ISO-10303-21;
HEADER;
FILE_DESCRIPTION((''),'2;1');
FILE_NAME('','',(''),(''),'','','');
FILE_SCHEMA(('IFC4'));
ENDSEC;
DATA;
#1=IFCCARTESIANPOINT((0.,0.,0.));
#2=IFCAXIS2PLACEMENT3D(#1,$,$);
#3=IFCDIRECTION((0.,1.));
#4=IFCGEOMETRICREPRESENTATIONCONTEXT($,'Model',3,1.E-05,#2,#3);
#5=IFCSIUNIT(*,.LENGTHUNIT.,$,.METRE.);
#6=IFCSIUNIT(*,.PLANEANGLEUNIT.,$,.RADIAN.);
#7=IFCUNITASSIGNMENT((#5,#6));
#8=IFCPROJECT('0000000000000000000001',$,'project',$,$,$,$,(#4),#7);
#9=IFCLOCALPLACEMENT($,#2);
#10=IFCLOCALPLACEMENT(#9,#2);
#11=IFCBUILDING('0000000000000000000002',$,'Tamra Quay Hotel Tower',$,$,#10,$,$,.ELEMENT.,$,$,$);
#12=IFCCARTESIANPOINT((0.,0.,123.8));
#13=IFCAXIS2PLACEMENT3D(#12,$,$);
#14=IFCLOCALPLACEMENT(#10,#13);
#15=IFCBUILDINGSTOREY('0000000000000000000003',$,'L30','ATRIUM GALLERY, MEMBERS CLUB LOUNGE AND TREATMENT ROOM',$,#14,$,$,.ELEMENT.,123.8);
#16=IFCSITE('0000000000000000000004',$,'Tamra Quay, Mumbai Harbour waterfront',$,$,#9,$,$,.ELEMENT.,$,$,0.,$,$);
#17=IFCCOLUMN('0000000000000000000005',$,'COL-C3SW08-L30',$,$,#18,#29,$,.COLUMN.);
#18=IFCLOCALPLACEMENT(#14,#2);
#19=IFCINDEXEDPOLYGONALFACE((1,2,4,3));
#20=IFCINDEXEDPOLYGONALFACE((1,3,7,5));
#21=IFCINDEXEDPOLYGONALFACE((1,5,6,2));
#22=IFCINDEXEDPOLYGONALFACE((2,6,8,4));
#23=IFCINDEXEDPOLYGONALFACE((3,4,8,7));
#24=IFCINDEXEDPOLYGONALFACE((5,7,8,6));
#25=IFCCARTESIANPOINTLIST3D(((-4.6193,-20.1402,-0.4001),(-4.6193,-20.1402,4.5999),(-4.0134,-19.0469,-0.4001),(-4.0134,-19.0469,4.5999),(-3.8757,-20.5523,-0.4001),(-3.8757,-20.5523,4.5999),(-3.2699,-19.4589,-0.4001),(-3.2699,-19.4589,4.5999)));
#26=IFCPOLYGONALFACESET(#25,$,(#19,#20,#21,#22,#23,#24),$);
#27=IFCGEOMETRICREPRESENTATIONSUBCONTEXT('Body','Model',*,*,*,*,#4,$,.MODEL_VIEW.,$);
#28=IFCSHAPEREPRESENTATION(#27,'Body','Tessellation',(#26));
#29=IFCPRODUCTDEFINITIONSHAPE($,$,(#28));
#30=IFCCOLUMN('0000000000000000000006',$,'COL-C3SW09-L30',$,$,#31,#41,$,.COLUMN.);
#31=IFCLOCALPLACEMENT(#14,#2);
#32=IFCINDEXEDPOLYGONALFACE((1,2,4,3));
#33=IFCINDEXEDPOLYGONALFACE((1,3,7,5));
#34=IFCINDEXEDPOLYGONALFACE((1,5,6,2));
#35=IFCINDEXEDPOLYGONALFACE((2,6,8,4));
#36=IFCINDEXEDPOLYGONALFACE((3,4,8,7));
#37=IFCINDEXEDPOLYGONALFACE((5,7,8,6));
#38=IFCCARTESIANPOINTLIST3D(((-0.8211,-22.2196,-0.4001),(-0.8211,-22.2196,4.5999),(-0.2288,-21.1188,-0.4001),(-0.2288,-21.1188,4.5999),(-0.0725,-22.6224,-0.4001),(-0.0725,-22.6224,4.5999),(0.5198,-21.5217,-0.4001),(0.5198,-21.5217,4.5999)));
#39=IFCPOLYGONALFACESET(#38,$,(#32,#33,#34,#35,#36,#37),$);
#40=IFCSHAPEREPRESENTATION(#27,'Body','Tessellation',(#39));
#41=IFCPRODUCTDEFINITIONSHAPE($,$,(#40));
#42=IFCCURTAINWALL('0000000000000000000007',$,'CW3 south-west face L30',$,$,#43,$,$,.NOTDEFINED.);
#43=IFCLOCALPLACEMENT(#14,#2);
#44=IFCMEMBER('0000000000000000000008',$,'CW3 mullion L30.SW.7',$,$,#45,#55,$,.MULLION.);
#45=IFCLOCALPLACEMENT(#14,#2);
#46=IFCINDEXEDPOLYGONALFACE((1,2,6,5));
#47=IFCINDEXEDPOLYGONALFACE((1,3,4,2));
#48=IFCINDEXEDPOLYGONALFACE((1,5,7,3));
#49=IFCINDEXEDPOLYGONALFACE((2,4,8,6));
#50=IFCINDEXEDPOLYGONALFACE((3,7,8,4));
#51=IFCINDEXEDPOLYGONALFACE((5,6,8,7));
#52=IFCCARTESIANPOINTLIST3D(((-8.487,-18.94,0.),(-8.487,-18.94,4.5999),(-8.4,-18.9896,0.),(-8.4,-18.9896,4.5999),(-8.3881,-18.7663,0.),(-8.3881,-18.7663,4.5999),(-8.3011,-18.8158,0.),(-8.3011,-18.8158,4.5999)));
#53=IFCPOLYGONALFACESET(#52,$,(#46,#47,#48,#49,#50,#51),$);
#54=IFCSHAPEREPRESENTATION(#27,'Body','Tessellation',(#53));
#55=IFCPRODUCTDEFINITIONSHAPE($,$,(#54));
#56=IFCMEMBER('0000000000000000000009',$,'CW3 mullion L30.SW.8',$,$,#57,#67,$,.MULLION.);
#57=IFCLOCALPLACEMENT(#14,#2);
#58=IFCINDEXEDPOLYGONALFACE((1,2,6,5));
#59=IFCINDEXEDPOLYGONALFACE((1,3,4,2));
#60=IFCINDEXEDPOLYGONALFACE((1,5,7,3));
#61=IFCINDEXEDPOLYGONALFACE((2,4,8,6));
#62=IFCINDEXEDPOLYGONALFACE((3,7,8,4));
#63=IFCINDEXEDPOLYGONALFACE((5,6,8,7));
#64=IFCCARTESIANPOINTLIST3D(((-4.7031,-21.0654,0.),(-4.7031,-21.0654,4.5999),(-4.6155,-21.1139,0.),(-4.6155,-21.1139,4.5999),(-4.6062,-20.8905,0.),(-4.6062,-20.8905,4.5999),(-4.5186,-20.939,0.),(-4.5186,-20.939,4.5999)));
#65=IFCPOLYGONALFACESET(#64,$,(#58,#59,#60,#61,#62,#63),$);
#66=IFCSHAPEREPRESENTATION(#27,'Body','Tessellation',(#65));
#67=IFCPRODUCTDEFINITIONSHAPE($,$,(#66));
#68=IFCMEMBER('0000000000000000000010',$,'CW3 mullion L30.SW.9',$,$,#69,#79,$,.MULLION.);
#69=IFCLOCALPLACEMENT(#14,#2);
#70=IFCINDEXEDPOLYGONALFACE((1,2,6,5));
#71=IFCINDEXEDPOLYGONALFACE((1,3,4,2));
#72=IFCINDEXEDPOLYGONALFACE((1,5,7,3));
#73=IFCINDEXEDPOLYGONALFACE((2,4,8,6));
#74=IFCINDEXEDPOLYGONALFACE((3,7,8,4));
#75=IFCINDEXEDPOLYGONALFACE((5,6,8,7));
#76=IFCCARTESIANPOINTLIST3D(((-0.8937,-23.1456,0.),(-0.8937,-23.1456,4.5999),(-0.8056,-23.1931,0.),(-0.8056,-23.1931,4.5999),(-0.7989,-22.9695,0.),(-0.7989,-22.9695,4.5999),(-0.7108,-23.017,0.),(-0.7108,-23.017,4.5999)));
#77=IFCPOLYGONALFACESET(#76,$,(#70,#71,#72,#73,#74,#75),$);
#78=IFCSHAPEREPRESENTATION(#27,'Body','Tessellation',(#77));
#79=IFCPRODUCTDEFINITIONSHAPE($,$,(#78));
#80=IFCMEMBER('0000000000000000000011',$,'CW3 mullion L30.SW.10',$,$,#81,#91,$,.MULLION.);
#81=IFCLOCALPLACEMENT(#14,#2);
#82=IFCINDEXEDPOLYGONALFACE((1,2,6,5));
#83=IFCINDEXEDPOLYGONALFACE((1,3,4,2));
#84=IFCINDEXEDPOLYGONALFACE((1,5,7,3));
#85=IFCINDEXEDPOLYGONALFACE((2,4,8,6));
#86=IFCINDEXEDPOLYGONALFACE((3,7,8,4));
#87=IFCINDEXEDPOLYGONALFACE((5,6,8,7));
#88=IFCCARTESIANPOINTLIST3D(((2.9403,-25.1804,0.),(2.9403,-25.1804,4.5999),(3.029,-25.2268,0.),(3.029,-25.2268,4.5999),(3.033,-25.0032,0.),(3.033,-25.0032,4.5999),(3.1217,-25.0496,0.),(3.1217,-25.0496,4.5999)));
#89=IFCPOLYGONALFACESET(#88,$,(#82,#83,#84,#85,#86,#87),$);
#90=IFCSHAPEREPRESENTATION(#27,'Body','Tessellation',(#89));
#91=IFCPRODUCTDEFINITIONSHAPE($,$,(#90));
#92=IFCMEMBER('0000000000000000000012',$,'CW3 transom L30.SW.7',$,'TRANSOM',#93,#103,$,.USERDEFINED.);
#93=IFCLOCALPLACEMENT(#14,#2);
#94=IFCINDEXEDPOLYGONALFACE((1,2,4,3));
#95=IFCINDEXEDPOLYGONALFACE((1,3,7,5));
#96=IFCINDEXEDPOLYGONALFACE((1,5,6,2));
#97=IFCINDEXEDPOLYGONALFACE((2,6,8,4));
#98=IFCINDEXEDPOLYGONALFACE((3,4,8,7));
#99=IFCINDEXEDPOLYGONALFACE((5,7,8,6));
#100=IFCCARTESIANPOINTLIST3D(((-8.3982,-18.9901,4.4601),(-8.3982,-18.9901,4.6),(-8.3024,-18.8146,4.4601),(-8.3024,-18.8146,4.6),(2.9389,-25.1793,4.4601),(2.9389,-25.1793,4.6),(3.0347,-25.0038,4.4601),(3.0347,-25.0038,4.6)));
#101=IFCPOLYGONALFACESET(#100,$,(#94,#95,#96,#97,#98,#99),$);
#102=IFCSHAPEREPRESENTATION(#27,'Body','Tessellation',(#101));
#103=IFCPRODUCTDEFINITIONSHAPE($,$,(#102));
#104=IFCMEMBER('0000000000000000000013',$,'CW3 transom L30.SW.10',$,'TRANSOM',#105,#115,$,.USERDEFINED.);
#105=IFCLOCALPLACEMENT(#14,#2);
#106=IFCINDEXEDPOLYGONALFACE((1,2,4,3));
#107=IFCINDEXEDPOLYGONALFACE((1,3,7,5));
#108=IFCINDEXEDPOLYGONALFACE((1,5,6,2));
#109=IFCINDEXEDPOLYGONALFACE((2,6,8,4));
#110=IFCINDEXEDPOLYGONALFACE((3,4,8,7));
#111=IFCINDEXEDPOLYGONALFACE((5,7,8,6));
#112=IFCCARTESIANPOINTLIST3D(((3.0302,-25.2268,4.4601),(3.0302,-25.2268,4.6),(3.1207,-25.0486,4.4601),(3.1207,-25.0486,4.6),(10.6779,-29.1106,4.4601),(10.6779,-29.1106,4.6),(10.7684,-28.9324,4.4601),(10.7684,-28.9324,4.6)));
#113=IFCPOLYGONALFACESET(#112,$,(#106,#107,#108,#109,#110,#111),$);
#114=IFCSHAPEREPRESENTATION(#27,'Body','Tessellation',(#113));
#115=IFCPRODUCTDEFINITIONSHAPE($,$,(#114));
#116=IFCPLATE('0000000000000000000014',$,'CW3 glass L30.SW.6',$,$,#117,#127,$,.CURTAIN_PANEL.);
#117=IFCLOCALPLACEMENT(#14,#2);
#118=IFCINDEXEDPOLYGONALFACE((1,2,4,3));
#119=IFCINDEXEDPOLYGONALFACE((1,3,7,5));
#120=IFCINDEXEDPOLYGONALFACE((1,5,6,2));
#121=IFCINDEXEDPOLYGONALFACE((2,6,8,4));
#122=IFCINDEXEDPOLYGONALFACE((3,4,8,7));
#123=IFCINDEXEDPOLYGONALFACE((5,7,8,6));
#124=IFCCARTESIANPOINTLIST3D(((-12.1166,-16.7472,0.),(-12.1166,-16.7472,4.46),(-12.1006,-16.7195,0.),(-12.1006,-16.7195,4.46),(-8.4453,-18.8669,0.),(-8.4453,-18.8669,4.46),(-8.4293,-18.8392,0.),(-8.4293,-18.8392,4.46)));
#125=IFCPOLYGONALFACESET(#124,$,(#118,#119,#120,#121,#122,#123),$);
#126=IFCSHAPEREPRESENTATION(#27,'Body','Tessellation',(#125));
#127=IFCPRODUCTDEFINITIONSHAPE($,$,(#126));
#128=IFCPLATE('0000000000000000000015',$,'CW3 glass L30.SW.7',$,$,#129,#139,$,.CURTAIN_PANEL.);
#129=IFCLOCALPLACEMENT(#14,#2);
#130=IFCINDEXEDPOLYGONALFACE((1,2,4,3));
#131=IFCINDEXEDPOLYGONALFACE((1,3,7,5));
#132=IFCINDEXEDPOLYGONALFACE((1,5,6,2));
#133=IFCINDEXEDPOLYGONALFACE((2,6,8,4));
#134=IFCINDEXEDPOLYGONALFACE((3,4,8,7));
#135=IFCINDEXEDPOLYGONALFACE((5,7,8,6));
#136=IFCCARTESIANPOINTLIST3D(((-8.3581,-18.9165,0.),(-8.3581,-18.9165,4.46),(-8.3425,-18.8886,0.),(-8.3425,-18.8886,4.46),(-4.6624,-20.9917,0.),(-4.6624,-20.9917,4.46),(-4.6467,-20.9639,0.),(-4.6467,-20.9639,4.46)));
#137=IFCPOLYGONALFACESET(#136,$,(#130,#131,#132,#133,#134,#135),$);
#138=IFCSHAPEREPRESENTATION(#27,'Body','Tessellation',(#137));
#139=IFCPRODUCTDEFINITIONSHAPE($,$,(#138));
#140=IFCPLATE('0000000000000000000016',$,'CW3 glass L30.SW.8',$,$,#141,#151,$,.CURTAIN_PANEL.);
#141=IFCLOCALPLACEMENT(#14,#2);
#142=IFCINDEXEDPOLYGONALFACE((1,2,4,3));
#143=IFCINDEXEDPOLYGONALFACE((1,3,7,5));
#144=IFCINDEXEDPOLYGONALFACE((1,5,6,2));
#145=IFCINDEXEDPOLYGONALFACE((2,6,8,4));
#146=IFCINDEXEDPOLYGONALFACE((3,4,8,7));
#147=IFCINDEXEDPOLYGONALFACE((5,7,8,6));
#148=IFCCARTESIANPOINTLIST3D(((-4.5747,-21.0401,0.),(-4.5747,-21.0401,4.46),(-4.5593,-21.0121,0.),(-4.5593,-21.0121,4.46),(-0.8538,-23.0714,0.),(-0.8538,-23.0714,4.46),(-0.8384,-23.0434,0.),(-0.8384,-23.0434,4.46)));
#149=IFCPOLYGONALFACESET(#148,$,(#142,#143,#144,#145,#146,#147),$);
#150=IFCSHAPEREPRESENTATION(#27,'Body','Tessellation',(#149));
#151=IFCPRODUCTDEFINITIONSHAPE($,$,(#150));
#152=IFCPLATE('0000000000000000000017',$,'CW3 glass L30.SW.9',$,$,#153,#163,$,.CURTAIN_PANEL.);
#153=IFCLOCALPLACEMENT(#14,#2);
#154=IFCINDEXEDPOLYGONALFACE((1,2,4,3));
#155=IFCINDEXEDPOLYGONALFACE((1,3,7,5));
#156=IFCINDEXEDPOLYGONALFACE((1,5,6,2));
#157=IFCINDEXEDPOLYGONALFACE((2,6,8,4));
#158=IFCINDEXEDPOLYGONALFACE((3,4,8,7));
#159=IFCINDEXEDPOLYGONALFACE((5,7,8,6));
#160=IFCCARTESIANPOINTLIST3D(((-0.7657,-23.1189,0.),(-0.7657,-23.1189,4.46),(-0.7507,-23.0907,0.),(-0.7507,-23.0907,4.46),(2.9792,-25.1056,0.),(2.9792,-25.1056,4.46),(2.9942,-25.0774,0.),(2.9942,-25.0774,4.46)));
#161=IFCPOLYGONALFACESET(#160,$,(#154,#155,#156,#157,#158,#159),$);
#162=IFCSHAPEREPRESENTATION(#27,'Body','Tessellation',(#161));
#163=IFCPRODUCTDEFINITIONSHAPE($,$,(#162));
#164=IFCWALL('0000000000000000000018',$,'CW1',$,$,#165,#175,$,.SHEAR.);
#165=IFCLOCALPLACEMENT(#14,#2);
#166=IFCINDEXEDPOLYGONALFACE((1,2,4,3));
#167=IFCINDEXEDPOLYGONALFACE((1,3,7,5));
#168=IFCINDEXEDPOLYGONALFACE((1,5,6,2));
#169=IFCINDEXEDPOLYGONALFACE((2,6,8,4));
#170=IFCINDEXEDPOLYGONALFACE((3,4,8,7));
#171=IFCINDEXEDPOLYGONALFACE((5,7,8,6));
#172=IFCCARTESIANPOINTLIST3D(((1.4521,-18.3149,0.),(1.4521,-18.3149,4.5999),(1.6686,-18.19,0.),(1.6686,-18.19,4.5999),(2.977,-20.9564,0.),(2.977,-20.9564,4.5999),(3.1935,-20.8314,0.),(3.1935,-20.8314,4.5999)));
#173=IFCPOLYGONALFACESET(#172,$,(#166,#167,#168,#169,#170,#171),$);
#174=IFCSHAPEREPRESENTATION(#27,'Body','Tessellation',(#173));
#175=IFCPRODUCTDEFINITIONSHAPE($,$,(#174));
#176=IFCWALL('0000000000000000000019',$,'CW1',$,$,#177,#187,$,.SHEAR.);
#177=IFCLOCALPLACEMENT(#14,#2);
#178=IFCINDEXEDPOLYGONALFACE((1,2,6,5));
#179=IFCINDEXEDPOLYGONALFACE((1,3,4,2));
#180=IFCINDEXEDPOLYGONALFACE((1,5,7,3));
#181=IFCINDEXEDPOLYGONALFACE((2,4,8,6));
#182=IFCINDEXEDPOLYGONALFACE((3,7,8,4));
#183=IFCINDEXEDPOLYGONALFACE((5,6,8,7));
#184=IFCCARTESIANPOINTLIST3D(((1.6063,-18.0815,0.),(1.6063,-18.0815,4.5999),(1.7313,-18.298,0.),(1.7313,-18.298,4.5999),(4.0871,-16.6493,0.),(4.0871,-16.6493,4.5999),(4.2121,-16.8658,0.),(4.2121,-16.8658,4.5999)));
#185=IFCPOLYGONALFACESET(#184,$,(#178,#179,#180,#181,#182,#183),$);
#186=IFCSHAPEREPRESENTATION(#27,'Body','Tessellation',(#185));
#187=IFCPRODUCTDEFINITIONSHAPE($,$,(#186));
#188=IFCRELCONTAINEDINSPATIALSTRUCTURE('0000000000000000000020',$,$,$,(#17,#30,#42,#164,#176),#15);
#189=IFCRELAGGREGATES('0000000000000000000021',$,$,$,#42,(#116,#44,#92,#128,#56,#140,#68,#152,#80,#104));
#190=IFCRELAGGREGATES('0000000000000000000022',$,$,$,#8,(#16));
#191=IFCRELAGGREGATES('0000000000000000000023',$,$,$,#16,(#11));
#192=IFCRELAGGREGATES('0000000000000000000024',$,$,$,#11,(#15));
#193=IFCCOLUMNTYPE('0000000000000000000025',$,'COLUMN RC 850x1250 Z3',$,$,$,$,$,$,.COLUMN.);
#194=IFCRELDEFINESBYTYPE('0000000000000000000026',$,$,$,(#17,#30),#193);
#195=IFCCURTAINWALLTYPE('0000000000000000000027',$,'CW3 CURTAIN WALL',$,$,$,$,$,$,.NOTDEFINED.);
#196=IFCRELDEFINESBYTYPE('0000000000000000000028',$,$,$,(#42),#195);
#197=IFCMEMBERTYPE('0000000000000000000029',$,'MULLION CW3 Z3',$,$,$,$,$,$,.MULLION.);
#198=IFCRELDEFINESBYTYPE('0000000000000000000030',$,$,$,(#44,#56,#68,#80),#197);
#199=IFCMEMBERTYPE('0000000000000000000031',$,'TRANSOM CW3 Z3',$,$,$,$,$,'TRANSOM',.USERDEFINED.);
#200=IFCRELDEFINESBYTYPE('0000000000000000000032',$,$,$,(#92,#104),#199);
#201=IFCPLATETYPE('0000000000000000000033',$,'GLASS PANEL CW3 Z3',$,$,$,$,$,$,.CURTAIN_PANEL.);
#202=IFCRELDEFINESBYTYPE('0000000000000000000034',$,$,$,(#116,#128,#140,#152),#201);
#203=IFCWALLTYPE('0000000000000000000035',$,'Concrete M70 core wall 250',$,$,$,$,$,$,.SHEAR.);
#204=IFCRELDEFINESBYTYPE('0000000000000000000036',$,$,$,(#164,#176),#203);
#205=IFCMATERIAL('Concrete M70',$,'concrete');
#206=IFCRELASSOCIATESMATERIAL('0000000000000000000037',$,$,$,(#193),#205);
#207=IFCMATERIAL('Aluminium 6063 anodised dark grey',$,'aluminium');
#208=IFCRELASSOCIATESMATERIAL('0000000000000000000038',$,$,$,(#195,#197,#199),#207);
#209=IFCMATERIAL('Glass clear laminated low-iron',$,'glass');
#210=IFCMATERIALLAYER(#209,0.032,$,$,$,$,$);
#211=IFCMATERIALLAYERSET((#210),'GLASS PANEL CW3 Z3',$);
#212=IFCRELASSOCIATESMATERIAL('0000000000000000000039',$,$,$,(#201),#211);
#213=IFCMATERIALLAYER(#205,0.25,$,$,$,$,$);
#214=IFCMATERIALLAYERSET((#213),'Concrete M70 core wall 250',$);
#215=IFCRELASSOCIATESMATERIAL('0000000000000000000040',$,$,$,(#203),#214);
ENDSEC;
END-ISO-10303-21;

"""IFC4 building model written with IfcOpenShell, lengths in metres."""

from ifc_helpers import new_model, si_unit, direction, frame, frame_2d, origin, origin_2d, place, context, subcontext, project, spatial, rectangle, extrude, material, layer, layer_set, material_profile, profile_set, type_object, element, aggregate, save


model = new_model("IFC4")

# Units and contexts
model_context = context("Model", 3, precision=1e-05, world=origin(), true_north=direction((0.0, 1.0)))
body_context = subcontext(model_context, "Body", "Model", "MODEL_VIEW")
ifc_project = project(units=[si_unit("LENGTHUNIT", "METRE"), si_unit("PLANEANGLEUNIT", "RADIAN")], contexts=[model_context])

# Site, building, storey
site_placement = place(None, origin())
site = spatial("IfcSite", under=ifc_project, at=site_placement, Name="Tamra Quay, Mumbai Harbour waterfront", CompositionType="ELEMENT", RefElevation=0.0)
building_placement = place(site_placement, origin())
building = spatial("IfcBuilding", under=site, at=building_placement, Name="Tamra Quay Hotel Tower", CompositionType="ELEMENT")
storey_placement = place(building_placement, frame((0.0, 0.0, 123.8)))
storey = spatial("IfcBuildingStorey", under=building, at=storey_placement, Name="L30", Description="ATRIUM GALLERY, MEMBERS CLUB LOUNGE AND TREATMENT ROOM", CompositionType="ELEMENT", Elevation=123.8)

# Columns
ifc_material_1 = material(Name="Concrete M70", Category="concrete")
ifc_material_profile_1 = material_profile(ifc_material_1, rectangle(XDim=1.25, YDim=0.8501, at=origin_2d()), Name="COLUMN RC 850x1250 Z3")
ifc_profile_set_1 = profile_set([ifc_material_profile_1], Name="Concrete M70")
column_type = type_object("IfcColumnType", Name="COLUMN RC 850x1250 Z3", PredefinedType="COLUMN", material=ifc_profile_set_1)
for number, where, z_axis, x_axis, name in (
    (1, (-3.9446, -19.7996, -0.4001), (0.0, 0.0, 1.0), (0.484683, 0.87469, 0.0), "COL-C3SW08-L30"),
    (2, (-0.1506, -21.8706, -0.4001), (0.0, 0.0, 1.0), (0.473876, 0.880592, 0.0), "COL-C3SW09-L30"),
):
    element("IfcColumn", number, at=place(storey_placement, frame(where, z_axis=z_axis, x_axis=x_axis)), inside=storey, type_object=column_type, Name=name, PredefinedType="COLUMN", context=body_context, shape_type="SweptSolid", body=[
        extrude(rectangle(XDim=1.25, YDim=0.8501, at=origin_2d()), origin(), (0.0, 0.0, 1.0), 5.0),
    ])

# Curtain wall, members, plates
ifc_material_2 = material(Name="Aluminium 6063 anodised dark grey", Category="aluminium")
curtain_wall_type = type_object("IfcCurtainWallType", Name="CW3 CURTAIN WALL", PredefinedType="NOTDEFINED", material=ifc_material_2)
curtain_wall_placement = place(storey_placement, origin())
curtain_wall = element("IfcCurtainWall", 3, at=curtain_wall_placement, inside=storey, type_object=curtain_wall_type, Name="CW3 south-west face L30", PredefinedType="NOTDEFINED")
ifc_material_profile_2 = material_profile(ifc_material_2, rectangle(XDim=0.2, YDim=0.1001, at=origin_2d()), Name="MULLION 100X200")
ifc_profile_set_2 = profile_set([ifc_material_profile_2], Name="Aluminium 6063 anodised dark grey")
member_type_1 = type_object("IfcMemberType", Name="MULLION CW3 Z3", PredefinedType="MULLION", material=ifc_profile_set_2)
member_1_placement = place(storey_placement, frame((-8.394, -18.8779, 0.0), z_axis=(0.0, 0.0, 1.0), x_axis=(-0.494813, -0.868999, 0.0)))
member_1 = element("IfcMember", 4, at=member_1_placement, type_object=member_type_1, Name="CW3 mullion L30.SW.7", PredefinedType="MULLION", context=body_context, shape_type="SweptSolid", body=[
    extrude(rectangle(XDim=0.2, YDim=0.1001, at=origin_2d()), origin(), (0.0, 0.0, 1.0), 4.5999),
])
member_2_placement = place(storey_placement, frame((-4.6108, -21.0022, 0.0), z_axis=(0.0, 0.0, 1.0), x_axis=(-0.484394, -0.87485, 0.0)))
member_2 = element("IfcMember", 5, at=member_2_placement, type_object=member_type_1, Name="CW3 mullion L30.SW.8", PredefinedType="MULLION", context=body_context, shape_type="SweptSolid", body=[
    extrude(rectangle(XDim=0.2, YDim=0.1001, at=origin_2d()), origin(), (0.0, 0.0, 1.0), 4.5999),
])
member_3_placement = place(storey_placement, frame((-0.8022, -23.0813, 0.0), z_axis=(0.0, 0.0, 1.0), x_axis=(-0.473908, -0.880574, 0.0)))
member_3 = element("IfcMember", 6, at=member_3_placement, type_object=member_type_1, Name="CW3 mullion L30.SW.9", PredefinedType="MULLION", context=body_context, shape_type="SweptSolid", body=[
    extrude(rectangle(XDim=0.2, YDim=0.1001, at=origin_2d()), origin(), (0.0, 0.0, 1.0), 4.5999),
])
member_4_placement = place(storey_placement, frame((3.031, -25.115, 0.0), z_axis=(0.0, 0.0, 1.0), x_axis=(-0.463366, -0.886167, 0.0)))
member_4 = element("IfcMember", 7, at=member_4_placement, type_object=member_type_1, Name="CW3 mullion L30.SW.10", PredefinedType="MULLION", context=body_context, shape_type="SweptSolid", body=[
    extrude(rectangle(XDim=0.2, YDim=0.1001, at=origin_2d()), origin(), (0.0, 0.0, 1.0), 4.5999),
])
ifc_material_profile_3 = material_profile(ifc_material_2, rectangle(XDim=0.2, YDim=0.1399, at=origin_2d()), Name="TRANSOM 200X140")
ifc_profile_set_3 = profile_set([ifc_material_profile_3], Name="Aluminium 6063 anodised dark grey")
member_type_2 = type_object("IfcMemberType", Name="TRANSOM CW3 Z3", ElementType="TRANSOM", PredefinedType="USERDEFINED", material=ifc_profile_set_3)
member_5_placement = place(storey_placement, frame((-8.3503, -18.9023, 4.53), z_axis=(0.877723, -0.479169, 0.0), x_axis=(0.479169, 0.877723, 0.0)))
member_5 = element("IfcMember", 8, at=member_5_placement, type_object=member_type_2, Name="CW3 transom L30.SW.7", ObjectType="TRANSOM", PredefinedType="USERDEFINED", context=body_context, shape_type="SweptSolid", body=[
    extrude(rectangle(XDim=0.2, YDim=0.1399, at=origin_2d()), origin(), (0.0, 0.0, 1.0), 12.9165),
])
member_6_placement = place(storey_placement, frame((3.0754, -25.1377, 4.53), z_axis=(0.891615, -0.452795, 0.0), x_axis=(0.452795, 0.891615, 0.0)))
member_6 = element("IfcMember", 9, at=member_6_placement, type_object=member_type_2, Name="CW3 transom L30.SW.10", ObjectType="TRANSOM", PredefinedType="USERDEFINED", context=body_context, shape_type="SweptSolid", body=[
    extrude(rectangle(XDim=0.2, YDim=0.1399, at=origin_2d()), origin(), (0.0, 0.0, 1.0), 8.5774),
])
ifc_material_3 = material(Name="Glass clear laminated low-iron", Category="glass")
ifc_layer_1 = layer(ifc_material_3, 0.032)
ifc_layer_set_1 = layer_set([ifc_layer_1], Name="GLASS PANEL CW3 Z3")
plate_type = type_object("IfcPlateType", Name="GLASS PANEL CW3 Z3", PredefinedType="CURTAIN_PANEL", material=ifc_layer_set_1)
plate_1_placement = place(storey_placement, frame((-10.2729, -17.7932, 0.0), z_axis=(0.0, 0.0, 1.0), x_axis=(0.866025, -0.5, 0.0)))
plate_1 = element("IfcPlate", 10, at=plate_1_placement, type_object=plate_type, Name="CW3 glass L30.SW.6", PredefinedType="CURTAIN_PANEL", context=body_context, shape_type="SweptSolid", body=[
    extrude(rectangle(XDim=4.2393, YDim=0.032, at=origin_2d()), origin(), (0.0, 0.0, 1.0), 4.46),
])
plate_2_placement = place(storey_placement, frame((-6.5024, -19.9402, 0.0), z_axis=(0.0, 0.0, 1.0), x_axis=(0.871942, -0.489609, 0.0)))
plate_2 = element("IfcPlate", 11, at=plate_2_placement, type_object=plate_type, Name="CW3 glass L30.SW.7", PredefinedType="CURTAIN_PANEL", context=body_context, shape_type="SweptSolid", body=[
    extrude(rectangle(XDim=4.2385, YDim=0.032, at=origin_2d()), origin(), (0.0, 0.0, 1.0), 4.46),
])
plate_3_placement = place(storey_placement, frame((-2.7065, -22.0417, 0.0), z_axis=(0.0, 0.0, 1.0), x_axis=(0.877726, -0.479162, 0.0)))
plate_3 = element("IfcPlate", 12, at=plate_3_placement, type_object=plate_type, Name="CW3 glass L30.SW.8", PredefinedType="CURTAIN_PANEL", context=body_context, shape_type="SweptSolid", body=[
    extrude(rectangle(XDim=4.2393, YDim=0.032, at=origin_2d()), origin(), (0.0, 0.0, 1.0), 4.46),
])
plate_4_placement = place(storey_placement, frame((1.1143, -24.0981, 0.0), z_axis=(0.0, 0.0, 1.0), x_axis=(0.883391, -0.468636, 0.0)))
plate_4 = element("IfcPlate", 13, at=plate_4_placement, type_object=plate_type, Name="CW3 glass L30.SW.9", PredefinedType="CURTAIN_PANEL", context=body_context, shape_type="SweptSolid", body=[
    extrude(rectangle(XDim=4.2393, YDim=0.032, at=origin_2d()), origin(), (0.0, 0.0, 1.0), 4.46),
])
aggregate(curtain_wall, [plate_1, member_1, member_5, plate_2, member_2, plate_3, member_3, plate_4, member_4, member_6])

# Walls
ifc_layer_2 = layer(ifc_material_1, 0.25)
ifc_layer_set_2 = layer_set([ifc_layer_2], Name="Concrete M70 core wall 250")
wall_type_1 = type_object("IfcWallType", Name="Concrete M70 core wall 250", PredefinedType="SHEAR", material=ifc_layer_set_2)
wall_1_placement = place(storey_placement, frame((3.0852, -20.8938, 0.0), z_axis=(0.0, 0.0, 1.0), x_axis=(-0.499979, 0.866038, 0.0)))
element("IfcWall", 14, at=wall_1_placement, inside=storey, type_object=wall_type_1, Name="CW1", PredefinedType="SHEAR", context=body_context, shape_type="SweptSolid", body=[
    extrude(rectangle(XDim=3.05, YDim=0.25, at=frame_2d((1.5249, 0.0))), origin(), (0.0, 0.0, 1.0), 4.5999),
])
wall_2_placement = place(storey_placement, frame((1.6689, -18.1897, 0.0), z_axis=(0.0, 0.0, 1.0), x_axis=(0.866042, 0.499971, 0.0)))
element("IfcWall", 15, at=wall_2_placement, inside=storey, type_object=wall_type_1, Name="CW1", PredefinedType="SHEAR", context=body_context, shape_type="SweptSolid", body=[
    extrude(rectangle(XDim=2.8645, YDim=0.25, at=frame_2d((1.4321, 0.0))), origin(), (0.0, 0.0, 1.0), 4.5999),
])

save(model, "model.ifc")
